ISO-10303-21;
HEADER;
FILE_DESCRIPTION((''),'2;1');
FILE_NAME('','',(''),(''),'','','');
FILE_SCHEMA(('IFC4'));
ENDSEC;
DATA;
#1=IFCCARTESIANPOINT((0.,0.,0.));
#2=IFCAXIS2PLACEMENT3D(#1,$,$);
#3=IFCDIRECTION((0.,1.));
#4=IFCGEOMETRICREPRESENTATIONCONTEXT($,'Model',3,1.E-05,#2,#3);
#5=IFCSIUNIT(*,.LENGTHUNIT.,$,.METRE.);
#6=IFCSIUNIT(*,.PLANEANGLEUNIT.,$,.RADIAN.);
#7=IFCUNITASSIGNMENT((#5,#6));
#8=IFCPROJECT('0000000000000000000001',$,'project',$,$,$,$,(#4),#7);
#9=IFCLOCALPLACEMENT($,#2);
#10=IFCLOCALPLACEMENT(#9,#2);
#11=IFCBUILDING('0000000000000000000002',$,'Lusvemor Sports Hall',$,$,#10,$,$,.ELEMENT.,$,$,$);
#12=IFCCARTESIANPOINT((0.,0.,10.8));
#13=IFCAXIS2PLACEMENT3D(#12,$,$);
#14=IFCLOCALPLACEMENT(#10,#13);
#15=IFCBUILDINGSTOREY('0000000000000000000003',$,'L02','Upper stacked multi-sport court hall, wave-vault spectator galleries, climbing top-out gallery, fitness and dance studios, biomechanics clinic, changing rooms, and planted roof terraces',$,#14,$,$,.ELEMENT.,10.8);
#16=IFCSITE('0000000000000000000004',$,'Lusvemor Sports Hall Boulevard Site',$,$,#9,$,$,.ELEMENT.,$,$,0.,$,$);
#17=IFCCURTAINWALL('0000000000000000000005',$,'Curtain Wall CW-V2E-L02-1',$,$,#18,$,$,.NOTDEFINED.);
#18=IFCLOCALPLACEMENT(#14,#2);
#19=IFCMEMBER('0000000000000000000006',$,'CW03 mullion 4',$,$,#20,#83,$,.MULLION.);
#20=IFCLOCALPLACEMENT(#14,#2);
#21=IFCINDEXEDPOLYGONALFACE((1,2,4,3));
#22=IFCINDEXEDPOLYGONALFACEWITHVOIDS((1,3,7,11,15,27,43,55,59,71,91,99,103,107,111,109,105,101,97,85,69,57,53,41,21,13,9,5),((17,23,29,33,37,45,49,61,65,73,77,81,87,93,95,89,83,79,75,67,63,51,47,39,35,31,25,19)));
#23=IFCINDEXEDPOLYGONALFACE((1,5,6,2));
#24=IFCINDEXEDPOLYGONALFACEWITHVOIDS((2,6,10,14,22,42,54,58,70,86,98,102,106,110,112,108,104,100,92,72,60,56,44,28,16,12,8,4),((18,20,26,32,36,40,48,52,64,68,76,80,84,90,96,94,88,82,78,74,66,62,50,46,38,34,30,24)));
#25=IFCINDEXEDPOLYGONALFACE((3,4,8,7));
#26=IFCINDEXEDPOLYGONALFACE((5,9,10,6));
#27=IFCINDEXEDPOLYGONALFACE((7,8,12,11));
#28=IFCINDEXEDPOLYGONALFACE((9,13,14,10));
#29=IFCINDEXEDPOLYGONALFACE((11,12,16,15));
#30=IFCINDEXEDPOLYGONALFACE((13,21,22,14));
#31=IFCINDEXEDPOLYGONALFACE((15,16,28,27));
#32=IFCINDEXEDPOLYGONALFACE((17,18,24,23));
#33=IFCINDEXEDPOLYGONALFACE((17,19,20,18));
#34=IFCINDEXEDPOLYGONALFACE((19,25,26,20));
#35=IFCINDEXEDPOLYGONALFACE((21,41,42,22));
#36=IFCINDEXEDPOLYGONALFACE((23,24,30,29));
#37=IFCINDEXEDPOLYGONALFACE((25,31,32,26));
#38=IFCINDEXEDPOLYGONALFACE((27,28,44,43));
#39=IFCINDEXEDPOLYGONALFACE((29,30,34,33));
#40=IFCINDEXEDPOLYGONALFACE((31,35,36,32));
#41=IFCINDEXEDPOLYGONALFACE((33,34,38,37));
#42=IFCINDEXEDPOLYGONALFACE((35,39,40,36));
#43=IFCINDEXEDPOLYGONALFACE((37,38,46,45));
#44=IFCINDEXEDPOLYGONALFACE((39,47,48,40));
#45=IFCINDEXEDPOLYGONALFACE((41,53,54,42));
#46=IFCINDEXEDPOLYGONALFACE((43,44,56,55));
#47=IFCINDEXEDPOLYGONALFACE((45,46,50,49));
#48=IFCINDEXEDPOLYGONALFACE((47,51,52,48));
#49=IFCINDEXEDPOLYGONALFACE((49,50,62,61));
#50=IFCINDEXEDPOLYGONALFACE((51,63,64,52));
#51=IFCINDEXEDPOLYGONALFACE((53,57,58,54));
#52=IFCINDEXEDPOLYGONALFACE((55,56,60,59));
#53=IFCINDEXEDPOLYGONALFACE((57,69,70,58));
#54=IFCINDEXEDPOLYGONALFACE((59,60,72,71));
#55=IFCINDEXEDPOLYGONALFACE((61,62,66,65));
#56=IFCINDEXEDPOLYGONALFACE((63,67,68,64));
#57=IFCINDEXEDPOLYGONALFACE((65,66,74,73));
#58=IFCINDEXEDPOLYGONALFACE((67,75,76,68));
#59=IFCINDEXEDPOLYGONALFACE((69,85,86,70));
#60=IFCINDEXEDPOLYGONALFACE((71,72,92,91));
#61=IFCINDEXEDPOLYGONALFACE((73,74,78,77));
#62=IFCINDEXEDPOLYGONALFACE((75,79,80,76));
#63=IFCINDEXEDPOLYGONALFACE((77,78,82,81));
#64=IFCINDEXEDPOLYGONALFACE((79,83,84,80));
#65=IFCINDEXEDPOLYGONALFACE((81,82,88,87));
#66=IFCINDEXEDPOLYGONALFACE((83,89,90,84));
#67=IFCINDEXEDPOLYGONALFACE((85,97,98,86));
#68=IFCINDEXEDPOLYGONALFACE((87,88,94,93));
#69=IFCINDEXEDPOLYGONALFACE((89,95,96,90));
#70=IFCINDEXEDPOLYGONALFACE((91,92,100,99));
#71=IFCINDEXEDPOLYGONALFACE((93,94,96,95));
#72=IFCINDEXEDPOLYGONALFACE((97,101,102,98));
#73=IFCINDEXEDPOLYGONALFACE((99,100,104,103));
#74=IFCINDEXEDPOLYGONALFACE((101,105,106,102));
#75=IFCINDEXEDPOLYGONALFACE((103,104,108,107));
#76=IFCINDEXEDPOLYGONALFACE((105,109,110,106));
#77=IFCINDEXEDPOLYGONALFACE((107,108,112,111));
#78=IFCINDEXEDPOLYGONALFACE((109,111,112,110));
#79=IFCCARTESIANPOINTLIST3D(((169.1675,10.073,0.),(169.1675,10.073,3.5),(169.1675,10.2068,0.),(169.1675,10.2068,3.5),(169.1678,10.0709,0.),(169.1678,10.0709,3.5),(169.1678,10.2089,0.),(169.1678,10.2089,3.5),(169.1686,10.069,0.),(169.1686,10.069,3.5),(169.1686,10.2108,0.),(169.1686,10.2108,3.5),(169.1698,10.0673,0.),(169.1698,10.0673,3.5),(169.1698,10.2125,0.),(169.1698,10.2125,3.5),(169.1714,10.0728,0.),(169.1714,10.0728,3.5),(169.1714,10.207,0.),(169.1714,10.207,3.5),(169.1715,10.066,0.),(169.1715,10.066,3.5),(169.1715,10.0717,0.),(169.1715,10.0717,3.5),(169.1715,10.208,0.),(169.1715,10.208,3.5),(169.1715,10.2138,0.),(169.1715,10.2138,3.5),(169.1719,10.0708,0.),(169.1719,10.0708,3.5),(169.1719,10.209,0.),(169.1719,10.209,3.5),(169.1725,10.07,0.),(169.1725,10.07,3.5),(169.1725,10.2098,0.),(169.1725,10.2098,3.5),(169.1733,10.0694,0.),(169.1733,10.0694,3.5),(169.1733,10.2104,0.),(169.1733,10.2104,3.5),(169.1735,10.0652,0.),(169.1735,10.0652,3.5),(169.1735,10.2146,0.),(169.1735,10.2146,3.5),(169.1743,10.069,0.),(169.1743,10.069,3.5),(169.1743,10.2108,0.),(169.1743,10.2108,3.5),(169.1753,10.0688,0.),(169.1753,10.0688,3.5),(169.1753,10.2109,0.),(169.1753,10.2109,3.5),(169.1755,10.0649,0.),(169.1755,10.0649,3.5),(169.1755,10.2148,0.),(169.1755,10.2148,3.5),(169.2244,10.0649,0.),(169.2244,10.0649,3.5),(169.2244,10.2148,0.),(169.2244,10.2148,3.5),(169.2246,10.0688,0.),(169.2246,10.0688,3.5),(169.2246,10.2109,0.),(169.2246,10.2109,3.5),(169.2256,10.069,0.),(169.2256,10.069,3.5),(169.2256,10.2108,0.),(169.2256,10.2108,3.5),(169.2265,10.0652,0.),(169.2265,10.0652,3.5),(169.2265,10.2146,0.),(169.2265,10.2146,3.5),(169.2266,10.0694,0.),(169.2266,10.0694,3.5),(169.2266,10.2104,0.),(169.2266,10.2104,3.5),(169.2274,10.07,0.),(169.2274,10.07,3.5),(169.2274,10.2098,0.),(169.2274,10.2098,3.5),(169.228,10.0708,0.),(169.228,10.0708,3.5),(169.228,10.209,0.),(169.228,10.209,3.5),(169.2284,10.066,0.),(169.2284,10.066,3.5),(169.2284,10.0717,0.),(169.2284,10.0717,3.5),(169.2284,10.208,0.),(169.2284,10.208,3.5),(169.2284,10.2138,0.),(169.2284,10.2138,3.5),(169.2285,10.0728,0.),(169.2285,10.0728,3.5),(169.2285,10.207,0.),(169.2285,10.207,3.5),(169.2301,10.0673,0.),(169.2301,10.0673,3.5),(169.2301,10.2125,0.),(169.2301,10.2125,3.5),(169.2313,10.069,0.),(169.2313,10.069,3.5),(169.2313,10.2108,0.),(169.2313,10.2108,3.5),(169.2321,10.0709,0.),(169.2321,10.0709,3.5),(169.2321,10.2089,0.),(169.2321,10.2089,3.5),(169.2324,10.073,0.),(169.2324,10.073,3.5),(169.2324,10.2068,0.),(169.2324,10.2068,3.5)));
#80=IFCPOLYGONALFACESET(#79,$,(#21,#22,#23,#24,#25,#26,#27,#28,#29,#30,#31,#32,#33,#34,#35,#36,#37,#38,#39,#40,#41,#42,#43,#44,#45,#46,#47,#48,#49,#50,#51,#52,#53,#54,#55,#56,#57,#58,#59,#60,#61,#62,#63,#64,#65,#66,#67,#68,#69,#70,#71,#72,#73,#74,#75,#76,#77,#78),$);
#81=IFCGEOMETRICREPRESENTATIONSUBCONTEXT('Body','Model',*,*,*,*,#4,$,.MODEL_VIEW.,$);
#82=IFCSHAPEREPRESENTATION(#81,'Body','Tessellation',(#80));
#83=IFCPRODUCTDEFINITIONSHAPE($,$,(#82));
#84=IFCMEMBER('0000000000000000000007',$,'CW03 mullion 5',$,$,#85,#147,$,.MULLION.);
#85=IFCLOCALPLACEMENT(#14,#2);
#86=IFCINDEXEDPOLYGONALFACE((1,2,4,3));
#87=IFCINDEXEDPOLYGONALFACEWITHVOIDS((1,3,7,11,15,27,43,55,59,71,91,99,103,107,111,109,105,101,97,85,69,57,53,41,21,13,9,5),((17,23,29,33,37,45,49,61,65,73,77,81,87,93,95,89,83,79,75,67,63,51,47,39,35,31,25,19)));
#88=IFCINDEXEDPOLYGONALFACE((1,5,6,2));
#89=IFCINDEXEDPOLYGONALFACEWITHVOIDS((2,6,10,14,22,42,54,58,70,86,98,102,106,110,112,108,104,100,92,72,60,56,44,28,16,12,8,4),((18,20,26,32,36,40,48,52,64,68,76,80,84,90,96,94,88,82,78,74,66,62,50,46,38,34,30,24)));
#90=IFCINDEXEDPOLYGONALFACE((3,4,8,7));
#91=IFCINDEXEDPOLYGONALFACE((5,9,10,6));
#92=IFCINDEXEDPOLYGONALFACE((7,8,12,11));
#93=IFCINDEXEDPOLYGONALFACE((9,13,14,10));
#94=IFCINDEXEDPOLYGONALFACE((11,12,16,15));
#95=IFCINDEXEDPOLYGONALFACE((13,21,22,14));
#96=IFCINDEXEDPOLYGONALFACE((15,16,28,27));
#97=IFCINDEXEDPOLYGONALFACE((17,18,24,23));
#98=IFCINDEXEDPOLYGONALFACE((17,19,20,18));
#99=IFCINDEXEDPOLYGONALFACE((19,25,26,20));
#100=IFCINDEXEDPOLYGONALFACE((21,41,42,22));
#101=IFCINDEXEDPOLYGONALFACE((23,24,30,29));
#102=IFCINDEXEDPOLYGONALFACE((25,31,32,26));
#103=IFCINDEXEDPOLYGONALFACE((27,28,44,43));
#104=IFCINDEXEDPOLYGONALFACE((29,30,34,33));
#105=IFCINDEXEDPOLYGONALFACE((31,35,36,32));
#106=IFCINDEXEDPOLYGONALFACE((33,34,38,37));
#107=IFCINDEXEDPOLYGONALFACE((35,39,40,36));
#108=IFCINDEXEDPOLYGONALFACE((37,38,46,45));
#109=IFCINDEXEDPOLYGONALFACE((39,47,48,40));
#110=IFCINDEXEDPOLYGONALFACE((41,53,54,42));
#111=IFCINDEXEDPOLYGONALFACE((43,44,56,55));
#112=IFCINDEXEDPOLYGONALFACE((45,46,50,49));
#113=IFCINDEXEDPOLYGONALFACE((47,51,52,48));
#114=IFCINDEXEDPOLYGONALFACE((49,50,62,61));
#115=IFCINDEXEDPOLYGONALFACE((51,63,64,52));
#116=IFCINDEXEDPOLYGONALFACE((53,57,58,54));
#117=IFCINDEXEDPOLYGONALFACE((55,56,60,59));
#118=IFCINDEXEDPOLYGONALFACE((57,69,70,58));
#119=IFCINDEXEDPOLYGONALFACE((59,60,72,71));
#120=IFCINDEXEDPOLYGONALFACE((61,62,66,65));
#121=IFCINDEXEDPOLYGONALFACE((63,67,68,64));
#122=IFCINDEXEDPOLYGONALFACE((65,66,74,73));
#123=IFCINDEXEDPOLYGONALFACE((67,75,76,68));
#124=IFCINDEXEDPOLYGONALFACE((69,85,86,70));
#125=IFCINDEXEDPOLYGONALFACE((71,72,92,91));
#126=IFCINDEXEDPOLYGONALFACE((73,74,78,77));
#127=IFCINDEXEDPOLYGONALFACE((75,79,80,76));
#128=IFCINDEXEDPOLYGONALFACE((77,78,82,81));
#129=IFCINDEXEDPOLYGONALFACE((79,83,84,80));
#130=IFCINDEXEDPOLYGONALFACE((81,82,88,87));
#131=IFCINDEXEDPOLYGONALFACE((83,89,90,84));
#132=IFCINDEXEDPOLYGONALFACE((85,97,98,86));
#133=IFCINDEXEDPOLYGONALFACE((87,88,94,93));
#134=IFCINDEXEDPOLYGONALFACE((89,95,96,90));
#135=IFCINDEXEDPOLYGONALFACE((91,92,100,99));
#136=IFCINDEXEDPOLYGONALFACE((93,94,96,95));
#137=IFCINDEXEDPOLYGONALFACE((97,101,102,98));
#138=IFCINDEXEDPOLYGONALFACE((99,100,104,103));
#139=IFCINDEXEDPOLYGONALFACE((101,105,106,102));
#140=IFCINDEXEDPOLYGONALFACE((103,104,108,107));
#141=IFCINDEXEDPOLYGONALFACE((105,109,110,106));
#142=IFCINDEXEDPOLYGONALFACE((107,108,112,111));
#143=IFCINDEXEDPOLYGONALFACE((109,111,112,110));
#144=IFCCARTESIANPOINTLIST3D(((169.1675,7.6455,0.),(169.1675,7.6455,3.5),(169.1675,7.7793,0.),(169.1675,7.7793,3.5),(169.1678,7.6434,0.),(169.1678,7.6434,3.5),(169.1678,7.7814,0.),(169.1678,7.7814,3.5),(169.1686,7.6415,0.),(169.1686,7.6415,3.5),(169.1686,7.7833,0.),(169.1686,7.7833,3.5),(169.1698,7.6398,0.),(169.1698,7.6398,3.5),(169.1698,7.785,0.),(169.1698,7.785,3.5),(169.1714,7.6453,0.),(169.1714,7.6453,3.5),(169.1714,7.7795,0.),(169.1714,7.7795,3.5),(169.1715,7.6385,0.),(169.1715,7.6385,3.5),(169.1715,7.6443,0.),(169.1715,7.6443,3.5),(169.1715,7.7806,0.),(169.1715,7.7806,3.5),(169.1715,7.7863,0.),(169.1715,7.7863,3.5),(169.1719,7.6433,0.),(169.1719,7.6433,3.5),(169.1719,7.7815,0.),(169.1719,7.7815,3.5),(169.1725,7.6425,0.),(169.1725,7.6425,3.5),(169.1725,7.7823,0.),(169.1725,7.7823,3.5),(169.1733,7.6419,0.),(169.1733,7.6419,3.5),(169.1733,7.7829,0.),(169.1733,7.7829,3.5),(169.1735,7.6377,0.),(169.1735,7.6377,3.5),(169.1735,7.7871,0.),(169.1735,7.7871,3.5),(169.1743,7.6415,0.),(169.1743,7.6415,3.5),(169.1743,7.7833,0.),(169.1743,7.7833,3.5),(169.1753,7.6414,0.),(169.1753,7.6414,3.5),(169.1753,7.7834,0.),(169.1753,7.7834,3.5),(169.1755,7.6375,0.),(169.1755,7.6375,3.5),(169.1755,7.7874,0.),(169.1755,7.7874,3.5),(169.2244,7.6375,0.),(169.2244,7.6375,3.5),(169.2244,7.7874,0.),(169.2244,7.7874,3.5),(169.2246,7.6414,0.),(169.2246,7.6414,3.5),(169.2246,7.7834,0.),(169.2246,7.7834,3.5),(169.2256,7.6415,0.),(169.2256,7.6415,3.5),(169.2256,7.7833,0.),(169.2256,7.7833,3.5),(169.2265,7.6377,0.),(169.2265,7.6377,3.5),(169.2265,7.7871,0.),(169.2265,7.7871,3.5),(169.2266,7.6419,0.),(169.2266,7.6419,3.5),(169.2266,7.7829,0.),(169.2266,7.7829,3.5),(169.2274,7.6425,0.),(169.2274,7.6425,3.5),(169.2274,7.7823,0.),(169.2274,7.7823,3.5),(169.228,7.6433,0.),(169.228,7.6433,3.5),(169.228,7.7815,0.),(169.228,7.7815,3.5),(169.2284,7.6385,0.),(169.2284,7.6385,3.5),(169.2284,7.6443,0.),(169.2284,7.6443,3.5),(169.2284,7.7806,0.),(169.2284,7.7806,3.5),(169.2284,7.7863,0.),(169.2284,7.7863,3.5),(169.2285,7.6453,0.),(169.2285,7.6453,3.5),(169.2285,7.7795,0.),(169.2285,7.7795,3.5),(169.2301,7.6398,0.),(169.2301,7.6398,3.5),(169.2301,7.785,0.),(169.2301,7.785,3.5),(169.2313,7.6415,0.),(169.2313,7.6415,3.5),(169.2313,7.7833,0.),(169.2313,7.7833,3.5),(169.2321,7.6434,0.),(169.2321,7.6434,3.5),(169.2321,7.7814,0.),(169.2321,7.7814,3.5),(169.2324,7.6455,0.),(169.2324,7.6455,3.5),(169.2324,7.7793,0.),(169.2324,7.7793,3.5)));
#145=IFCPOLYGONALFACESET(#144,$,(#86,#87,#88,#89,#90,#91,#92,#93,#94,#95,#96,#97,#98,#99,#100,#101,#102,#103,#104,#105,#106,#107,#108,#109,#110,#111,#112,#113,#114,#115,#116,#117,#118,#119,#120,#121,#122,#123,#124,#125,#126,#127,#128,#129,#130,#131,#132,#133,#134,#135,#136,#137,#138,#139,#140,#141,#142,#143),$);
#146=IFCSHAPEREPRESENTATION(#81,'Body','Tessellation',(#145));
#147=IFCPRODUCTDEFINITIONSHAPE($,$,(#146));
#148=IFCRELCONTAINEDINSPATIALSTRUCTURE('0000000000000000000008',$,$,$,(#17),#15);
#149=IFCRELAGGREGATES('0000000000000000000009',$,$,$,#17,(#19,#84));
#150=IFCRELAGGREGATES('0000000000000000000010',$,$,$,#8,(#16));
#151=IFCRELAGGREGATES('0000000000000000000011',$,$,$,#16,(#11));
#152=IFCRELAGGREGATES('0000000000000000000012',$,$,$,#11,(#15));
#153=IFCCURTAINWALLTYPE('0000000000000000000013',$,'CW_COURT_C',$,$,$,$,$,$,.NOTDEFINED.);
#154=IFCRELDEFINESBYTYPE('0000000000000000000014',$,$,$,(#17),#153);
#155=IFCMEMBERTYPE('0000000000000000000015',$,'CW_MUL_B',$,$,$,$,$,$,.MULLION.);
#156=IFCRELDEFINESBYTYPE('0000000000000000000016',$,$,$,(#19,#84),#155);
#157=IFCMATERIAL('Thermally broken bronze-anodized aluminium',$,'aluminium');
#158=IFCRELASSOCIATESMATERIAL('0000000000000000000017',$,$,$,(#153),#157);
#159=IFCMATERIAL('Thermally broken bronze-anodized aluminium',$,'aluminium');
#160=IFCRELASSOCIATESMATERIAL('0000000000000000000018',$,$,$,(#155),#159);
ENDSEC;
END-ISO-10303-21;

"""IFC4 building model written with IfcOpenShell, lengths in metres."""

from ifc_helpers import new_model, si_unit, direction, frame, origin, origin_2d, place, context, subcontext, project, spatial, hollow_rectangle, extrude, material, material_profile, profile_set, type_object, element, aggregate, save


model = new_model("IFC4")

# Units and contexts
model_context = context("Model", 3, precision=1e-05, world=origin(), true_north=direction((0.0, 1.0)))
body_context = subcontext(model_context, "Body", "Model", "MODEL_VIEW")
ifc_project = project(units=[si_unit("LENGTHUNIT", "METRE"), si_unit("PLANEANGLEUNIT", "RADIAN")], contexts=[model_context])

# Site, building, storey
site_placement = place(None, origin())
site = spatial("IfcSite", under=ifc_project, at=site_placement, Name="Lusvemor Sports Hall Boulevard Site", CompositionType="ELEMENT", RefElevation=0.0)
building_placement = place(site_placement, origin())
building = spatial("IfcBuilding", under=site, at=building_placement, Name="Lusvemor Sports Hall", CompositionType="ELEMENT")
storey_placement = place(building_placement, frame((0.0, 0.0, 10.8)))
storey = spatial("IfcBuildingStorey", under=building, at=storey_placement, Name="L02", Description="Upper stacked multi-sport court hall, wave-vault spectator galleries, climbing top-out gallery, fitness and dance studios, biomechanics clinic, changing rooms, and planted roof terraces", CompositionType="ELEMENT", Elevation=10.8)

# Curtain wall, members
ifc_material_1 = material(Name="Thermally broken bronze-anodized aluminium", Category="aluminium")
curtain_wall_type = type_object("IfcCurtainWallType", Name="CW_COURT_C", PredefinedType="NOTDEFINED", material=ifc_material_1)
curtain_wall_placement = place(storey_placement, origin())
curtain_wall = element("IfcCurtainWall", 1, at=curtain_wall_placement, inside=storey, type_object=curtain_wall_type, Name="Curtain Wall CW-V2E-L02-1", PredefinedType="NOTDEFINED")
ifc_material_2 = material(Name="Thermally broken bronze-anodized aluminium", Category="aluminium")
ifc_material_profile_1 = material_profile(ifc_material_2, hollow_rectangle(XDim=0.0649, YDim=0.1499, WallThickness=0.0039, InnerFilletRadius=0.0039, OuterFilletRadius=0.0081, at=origin_2d()), Name="CWMUL150x65x4")
ifc_profile_set_1 = profile_set([ifc_material_profile_1], Name="Thermally broken bronze-anodized aluminium")
member_type_1 = type_object("IfcMemberType", Name="CW_MUL_B", PredefinedType="MULLION", material=ifc_profile_set_1)
member_1_placement = place(storey_placement, frame((169.2, 10.1399, 0.0), z_axis=(0.0, 0.0, 1.0), x_axis=(1.0, 0.0, 0.0)))
member_1 = element("IfcMember", 2, at=member_1_placement, type_object=member_type_1, Name="CW03 mullion 4", PredefinedType="MULLION", context=body_context, shape_type="SweptSolid", body=[
    extrude(hollow_rectangle(XDim=0.0649, YDim=0.1499, WallThickness=0.0039, InnerFilletRadius=0.0039, OuterFilletRadius=0.0081, at=origin_2d()), origin(), (0.0, 0.0, 1.0), 3.5),
])
member_2_placement = place(storey_placement, frame((169.2, 7.7124, 0.0), z_axis=(0.0, 0.0, 1.0), x_axis=(1.0, 0.0, 0.0)))
member_2 = element("IfcMember", 3, at=member_2_placement, type_object=member_type_1, Name="CW03 mullion 5", PredefinedType="MULLION", context=body_context, shape_type="SweptSolid", body=[
    extrude(hollow_rectangle(XDim=0.0649, YDim=0.1499, WallThickness=0.0039, InnerFilletRadius=0.0039, OuterFilletRadius=0.0081, at=origin_2d()), origin(), (0.0, 0.0, 1.0), 3.5),
])

aggregate(curtain_wall, [member_1, member_2])

save(model, "model.ifc")
